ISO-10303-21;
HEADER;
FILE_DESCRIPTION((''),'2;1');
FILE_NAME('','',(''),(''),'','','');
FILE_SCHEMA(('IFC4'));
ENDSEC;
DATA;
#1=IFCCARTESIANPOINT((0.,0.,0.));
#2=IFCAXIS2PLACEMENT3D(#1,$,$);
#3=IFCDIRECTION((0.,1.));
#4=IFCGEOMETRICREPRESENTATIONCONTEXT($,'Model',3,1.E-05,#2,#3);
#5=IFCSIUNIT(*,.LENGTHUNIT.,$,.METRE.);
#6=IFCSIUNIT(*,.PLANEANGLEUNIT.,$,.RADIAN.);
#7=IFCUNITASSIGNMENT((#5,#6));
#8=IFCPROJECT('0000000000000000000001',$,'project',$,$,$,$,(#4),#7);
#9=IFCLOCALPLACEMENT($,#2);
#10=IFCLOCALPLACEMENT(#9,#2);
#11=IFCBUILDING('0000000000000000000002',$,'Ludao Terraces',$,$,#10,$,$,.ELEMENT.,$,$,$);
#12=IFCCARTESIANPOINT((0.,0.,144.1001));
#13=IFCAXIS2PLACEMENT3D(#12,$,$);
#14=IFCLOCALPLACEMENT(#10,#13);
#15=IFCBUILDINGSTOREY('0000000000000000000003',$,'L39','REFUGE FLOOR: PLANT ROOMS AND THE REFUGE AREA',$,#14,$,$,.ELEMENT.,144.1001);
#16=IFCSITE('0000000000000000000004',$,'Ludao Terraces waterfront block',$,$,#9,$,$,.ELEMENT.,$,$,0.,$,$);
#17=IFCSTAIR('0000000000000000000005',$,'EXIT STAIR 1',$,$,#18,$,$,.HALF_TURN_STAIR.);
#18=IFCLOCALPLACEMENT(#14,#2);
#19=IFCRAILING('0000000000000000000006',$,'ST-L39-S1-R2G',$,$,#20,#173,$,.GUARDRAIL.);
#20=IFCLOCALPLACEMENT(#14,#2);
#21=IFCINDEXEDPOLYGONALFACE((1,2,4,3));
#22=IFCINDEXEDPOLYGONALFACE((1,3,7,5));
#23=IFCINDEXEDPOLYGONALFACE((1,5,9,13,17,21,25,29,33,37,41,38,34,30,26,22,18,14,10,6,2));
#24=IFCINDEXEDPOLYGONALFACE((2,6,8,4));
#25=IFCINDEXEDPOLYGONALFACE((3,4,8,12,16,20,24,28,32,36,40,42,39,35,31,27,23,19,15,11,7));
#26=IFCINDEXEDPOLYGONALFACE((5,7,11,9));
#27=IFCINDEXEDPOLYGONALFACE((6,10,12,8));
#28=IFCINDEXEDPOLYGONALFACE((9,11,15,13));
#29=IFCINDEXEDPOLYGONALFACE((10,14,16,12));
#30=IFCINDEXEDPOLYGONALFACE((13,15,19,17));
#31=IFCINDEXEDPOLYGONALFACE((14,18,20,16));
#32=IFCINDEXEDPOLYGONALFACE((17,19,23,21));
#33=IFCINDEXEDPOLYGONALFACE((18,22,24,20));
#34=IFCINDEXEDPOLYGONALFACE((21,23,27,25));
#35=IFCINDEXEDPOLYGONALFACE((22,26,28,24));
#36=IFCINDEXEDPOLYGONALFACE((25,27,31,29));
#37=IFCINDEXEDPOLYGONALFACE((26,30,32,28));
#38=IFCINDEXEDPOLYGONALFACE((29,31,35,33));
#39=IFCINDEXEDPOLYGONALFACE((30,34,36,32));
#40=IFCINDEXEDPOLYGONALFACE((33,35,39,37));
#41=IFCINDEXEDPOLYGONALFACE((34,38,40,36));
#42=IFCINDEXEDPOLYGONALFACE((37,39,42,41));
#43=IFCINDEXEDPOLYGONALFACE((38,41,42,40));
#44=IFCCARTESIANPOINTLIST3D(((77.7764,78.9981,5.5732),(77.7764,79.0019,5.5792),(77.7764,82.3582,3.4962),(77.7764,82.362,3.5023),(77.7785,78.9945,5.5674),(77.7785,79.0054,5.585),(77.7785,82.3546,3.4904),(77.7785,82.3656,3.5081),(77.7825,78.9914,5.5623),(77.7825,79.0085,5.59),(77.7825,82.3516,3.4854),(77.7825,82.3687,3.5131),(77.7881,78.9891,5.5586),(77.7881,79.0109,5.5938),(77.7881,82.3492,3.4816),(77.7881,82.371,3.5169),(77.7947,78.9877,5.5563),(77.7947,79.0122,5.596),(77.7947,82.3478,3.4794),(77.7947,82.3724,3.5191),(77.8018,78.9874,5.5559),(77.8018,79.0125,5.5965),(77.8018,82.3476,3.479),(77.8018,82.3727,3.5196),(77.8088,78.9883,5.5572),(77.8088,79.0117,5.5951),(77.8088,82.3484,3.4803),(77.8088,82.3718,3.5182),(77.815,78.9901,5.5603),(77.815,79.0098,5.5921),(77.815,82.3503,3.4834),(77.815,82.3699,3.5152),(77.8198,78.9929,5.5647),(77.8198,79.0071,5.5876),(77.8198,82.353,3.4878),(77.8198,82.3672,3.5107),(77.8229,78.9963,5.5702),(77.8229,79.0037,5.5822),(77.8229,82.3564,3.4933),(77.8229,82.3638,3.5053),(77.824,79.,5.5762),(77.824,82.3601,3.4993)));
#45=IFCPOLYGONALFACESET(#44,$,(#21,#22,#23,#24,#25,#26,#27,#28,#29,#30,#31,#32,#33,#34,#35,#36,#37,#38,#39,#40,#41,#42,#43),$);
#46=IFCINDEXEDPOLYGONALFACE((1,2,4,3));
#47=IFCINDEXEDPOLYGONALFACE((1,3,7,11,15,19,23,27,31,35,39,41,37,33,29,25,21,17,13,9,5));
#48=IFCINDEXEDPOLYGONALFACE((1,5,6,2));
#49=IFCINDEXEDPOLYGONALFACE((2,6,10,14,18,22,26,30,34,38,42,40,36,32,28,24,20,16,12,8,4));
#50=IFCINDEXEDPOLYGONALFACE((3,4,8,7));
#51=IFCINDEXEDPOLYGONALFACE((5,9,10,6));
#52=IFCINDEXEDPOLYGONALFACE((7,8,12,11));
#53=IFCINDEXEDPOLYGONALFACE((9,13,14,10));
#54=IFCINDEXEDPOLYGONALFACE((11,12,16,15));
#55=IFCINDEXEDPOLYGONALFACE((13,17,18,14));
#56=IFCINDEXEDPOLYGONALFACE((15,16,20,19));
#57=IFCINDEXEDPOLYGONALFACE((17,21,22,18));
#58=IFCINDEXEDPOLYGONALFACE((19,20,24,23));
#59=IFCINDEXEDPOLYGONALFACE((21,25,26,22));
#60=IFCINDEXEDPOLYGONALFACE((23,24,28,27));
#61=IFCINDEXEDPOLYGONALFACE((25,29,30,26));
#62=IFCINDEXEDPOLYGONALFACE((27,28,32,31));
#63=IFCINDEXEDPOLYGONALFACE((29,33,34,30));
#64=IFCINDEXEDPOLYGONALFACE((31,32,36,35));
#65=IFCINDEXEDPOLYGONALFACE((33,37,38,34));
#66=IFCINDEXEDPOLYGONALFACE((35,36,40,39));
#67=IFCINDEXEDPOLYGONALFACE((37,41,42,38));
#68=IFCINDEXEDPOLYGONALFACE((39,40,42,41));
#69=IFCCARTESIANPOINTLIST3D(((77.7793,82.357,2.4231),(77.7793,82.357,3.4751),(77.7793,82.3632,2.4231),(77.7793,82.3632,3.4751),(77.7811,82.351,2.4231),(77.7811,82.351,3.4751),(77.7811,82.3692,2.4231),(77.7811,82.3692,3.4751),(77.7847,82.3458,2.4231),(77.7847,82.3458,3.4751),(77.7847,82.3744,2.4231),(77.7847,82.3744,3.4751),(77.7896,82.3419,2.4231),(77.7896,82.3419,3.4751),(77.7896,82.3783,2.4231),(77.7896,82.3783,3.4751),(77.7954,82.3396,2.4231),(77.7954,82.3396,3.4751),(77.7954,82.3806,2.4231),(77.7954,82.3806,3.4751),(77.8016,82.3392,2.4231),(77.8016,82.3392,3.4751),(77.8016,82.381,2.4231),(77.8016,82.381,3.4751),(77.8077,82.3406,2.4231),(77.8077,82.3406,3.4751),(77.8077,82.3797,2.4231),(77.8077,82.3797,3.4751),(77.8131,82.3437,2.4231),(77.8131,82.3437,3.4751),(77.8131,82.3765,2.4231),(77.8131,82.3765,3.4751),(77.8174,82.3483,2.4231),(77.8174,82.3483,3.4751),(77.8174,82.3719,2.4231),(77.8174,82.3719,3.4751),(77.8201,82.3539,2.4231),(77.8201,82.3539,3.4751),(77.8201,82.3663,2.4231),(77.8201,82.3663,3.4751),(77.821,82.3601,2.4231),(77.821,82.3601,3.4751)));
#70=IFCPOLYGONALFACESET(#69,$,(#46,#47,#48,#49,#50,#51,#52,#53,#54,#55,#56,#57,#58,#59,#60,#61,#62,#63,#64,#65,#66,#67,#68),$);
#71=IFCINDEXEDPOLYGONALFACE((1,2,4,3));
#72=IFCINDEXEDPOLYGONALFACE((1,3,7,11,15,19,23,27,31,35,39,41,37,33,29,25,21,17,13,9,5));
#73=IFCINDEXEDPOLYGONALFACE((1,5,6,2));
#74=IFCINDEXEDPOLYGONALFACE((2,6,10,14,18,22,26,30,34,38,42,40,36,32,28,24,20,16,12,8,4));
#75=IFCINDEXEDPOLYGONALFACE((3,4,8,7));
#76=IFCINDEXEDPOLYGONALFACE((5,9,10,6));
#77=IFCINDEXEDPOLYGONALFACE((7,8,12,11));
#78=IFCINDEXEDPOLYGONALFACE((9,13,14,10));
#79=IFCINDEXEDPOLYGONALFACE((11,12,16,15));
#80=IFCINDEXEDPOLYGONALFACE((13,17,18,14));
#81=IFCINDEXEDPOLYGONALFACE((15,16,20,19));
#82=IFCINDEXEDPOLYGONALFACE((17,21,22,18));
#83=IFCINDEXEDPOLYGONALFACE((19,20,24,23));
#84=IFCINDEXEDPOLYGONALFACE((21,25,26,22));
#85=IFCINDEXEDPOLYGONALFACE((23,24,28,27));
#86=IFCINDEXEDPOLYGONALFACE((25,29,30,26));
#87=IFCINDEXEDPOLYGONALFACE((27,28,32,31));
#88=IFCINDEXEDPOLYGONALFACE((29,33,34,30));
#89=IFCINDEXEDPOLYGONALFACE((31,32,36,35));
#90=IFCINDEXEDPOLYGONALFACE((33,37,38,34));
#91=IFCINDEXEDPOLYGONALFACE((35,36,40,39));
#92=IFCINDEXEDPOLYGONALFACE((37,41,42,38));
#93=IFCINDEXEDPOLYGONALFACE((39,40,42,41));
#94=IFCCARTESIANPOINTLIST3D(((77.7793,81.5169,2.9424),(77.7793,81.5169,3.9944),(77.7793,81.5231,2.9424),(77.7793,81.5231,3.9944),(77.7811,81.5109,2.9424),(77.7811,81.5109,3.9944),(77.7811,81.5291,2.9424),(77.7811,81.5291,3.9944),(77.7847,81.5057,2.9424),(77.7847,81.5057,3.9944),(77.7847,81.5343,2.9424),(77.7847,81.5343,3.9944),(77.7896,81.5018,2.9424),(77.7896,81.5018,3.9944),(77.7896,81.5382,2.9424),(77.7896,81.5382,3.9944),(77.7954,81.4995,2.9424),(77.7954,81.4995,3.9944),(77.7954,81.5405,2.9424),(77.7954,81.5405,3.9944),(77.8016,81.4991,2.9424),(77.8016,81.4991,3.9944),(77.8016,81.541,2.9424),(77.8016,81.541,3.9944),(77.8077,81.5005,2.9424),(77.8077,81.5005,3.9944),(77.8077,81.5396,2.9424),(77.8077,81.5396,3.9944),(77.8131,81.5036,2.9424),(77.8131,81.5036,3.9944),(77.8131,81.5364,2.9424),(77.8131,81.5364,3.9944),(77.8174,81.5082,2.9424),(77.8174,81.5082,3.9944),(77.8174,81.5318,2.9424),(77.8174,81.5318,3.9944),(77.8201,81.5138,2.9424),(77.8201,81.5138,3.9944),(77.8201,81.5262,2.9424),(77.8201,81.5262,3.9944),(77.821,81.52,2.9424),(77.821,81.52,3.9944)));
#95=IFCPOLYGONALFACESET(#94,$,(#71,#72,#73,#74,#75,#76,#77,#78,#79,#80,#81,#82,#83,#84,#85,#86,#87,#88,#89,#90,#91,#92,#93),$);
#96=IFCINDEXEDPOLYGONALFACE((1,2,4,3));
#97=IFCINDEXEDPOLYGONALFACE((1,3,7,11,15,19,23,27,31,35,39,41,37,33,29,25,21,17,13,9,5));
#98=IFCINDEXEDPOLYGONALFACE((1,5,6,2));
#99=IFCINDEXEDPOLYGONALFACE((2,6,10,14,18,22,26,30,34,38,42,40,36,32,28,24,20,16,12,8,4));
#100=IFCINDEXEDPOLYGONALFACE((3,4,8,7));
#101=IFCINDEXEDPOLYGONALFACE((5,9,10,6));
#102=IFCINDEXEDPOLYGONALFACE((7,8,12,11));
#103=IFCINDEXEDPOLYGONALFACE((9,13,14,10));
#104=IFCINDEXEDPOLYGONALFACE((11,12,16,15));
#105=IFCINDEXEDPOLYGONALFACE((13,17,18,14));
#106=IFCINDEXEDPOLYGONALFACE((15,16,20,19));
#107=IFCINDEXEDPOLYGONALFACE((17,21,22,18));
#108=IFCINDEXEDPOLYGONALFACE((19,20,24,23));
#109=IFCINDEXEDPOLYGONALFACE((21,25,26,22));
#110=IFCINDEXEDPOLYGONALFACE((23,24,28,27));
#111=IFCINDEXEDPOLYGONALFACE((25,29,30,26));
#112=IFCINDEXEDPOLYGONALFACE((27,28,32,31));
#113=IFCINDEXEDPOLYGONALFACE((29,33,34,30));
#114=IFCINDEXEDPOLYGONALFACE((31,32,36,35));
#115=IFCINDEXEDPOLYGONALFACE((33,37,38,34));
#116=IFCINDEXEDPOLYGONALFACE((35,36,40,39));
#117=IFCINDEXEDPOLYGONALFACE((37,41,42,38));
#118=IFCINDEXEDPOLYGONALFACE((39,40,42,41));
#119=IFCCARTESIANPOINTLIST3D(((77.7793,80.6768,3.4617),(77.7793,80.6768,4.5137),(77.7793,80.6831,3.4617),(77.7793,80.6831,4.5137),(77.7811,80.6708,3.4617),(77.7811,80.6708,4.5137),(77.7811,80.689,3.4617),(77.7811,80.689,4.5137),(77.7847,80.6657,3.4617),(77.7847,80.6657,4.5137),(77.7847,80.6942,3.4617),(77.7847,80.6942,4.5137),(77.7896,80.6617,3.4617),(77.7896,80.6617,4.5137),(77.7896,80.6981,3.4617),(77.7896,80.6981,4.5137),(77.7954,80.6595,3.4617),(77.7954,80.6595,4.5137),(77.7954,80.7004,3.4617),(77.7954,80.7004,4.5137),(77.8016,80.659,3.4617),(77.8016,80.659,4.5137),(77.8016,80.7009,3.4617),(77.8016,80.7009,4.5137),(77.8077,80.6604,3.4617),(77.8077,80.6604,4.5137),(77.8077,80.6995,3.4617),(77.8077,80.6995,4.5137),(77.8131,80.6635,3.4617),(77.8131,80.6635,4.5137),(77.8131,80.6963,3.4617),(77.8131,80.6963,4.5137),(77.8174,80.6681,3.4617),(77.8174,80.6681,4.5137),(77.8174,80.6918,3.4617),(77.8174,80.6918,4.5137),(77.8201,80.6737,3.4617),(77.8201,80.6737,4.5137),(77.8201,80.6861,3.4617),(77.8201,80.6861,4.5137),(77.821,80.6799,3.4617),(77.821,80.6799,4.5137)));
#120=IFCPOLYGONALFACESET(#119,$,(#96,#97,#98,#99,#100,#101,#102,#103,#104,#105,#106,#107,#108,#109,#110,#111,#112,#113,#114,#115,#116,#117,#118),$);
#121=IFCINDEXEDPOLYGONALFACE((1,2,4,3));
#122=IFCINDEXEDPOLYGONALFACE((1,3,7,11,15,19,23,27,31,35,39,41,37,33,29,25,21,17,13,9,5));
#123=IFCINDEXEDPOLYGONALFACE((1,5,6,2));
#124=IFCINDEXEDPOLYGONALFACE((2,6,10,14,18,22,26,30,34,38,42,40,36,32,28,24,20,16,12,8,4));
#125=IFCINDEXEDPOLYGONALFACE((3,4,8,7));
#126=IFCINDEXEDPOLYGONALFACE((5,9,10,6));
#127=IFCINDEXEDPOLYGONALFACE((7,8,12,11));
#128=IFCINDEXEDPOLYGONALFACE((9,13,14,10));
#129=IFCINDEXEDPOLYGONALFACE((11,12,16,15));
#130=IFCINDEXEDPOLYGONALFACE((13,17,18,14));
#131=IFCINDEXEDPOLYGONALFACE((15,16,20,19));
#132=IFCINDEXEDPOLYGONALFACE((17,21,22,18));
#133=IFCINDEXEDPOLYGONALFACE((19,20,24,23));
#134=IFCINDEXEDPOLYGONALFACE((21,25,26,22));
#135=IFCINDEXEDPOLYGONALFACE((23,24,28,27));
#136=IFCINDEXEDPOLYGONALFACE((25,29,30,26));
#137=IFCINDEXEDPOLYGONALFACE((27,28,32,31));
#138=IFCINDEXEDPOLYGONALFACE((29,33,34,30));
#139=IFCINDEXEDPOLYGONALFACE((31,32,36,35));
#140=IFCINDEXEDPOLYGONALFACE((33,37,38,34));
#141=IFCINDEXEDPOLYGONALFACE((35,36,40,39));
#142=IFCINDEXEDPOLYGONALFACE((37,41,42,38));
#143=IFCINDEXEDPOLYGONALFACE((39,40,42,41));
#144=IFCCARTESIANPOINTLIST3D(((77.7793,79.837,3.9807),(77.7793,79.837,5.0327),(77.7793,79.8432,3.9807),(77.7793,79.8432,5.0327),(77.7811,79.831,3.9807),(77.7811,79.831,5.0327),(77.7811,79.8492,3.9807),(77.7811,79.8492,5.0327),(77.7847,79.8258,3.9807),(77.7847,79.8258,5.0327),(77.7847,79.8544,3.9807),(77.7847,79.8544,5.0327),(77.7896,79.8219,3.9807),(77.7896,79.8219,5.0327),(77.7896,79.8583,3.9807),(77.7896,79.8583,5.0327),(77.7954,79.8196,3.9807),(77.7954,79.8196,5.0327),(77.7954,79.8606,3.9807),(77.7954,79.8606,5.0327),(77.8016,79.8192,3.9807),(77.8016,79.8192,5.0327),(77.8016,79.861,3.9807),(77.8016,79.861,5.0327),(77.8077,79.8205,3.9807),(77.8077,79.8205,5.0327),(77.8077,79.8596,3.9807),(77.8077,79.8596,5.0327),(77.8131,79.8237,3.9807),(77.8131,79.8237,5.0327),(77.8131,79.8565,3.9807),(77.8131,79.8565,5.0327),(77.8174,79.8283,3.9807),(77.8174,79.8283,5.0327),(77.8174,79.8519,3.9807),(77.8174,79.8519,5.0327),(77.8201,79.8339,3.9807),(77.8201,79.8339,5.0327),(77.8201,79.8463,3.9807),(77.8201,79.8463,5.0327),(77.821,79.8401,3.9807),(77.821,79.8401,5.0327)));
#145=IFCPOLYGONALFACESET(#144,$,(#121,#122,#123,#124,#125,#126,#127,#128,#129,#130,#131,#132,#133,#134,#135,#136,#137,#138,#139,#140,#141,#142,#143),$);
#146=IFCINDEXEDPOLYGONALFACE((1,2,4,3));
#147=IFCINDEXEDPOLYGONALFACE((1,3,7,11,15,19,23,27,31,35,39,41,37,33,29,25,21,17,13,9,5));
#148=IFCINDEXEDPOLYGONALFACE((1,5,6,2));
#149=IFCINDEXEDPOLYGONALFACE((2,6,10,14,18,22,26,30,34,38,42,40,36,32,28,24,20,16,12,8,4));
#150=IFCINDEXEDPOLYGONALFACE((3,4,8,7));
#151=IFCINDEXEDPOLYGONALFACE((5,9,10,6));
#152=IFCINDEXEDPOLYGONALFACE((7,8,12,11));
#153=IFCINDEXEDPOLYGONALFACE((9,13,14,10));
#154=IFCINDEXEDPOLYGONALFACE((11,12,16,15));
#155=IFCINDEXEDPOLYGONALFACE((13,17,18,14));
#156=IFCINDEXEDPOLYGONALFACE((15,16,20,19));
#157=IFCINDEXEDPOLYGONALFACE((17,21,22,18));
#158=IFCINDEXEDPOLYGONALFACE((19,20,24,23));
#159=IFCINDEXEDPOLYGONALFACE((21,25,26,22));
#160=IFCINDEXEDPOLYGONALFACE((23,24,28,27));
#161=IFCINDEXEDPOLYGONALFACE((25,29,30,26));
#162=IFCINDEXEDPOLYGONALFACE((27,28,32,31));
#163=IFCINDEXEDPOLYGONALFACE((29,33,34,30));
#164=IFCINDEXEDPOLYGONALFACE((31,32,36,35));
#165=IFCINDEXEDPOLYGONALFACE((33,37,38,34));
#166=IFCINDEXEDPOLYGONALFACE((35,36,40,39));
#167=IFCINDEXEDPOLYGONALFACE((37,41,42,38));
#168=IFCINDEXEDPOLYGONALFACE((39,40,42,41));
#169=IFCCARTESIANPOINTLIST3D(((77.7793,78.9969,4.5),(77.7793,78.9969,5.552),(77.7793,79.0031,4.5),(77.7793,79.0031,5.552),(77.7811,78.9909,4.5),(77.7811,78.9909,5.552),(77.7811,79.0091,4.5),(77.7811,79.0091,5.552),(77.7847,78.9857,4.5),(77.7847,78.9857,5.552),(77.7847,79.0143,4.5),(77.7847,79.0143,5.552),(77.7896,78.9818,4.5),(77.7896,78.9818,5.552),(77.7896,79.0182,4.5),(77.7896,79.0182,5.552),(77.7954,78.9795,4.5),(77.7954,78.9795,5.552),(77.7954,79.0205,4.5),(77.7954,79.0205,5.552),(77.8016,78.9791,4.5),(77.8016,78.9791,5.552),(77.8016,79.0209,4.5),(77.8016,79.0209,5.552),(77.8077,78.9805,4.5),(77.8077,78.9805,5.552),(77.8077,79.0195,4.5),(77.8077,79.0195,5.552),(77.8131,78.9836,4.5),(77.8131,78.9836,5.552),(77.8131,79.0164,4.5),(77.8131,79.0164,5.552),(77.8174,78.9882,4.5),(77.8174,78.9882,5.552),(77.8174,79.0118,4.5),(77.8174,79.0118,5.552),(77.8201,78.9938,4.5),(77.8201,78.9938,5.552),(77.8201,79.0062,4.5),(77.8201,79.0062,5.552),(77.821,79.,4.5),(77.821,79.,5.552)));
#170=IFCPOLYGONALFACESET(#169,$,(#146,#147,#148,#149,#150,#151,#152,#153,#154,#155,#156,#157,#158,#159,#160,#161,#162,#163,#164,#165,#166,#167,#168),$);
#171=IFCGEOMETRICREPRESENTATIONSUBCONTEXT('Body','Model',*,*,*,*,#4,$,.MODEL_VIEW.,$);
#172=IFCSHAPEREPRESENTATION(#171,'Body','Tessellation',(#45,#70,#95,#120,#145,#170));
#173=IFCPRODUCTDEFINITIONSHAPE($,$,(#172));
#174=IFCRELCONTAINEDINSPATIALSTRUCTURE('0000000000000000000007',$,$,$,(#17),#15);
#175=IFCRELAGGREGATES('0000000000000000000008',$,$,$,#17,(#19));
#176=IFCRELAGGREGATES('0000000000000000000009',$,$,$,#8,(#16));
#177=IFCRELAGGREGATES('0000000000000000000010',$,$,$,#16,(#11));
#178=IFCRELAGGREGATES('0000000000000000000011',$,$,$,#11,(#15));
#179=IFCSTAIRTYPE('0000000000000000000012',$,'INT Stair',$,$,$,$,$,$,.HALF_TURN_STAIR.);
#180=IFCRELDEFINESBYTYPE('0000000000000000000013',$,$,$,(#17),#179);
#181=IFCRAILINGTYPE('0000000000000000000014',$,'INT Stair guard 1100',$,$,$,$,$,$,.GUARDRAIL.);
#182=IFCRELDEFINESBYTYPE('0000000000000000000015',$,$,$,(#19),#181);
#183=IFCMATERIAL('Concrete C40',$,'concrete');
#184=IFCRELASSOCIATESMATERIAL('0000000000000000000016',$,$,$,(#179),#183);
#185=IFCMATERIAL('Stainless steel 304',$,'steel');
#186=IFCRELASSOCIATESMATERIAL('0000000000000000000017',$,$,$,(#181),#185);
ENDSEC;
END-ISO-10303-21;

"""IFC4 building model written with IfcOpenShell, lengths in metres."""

from ifc_helpers import new_model, si_unit, direction, frame, origin, origin_2d, place, context, subcontext, project, spatial, circle, extrude, material, type_object, element, aggregate, save


model = new_model("IFC4")

# Units and contexts
model_context = context("Model", 3, precision=1e-05, world=origin(), true_north=direction((0.0, 1.0)))
body_context = subcontext(model_context, "Body", "Model", "MODEL_VIEW")
ifc_project = project(units=[si_unit("LENGTHUNIT", "METRE"), si_unit("PLANEANGLEUNIT", "RADIAN")], contexts=[model_context])

# Site, building, storey
site_placement = place(None, origin())
site = spatial("IfcSite", under=ifc_project, at=site_placement, Name="Ludao Terraces waterfront block", CompositionType="ELEMENT", RefElevation=0.0)
building_placement = place(site_placement, origin())
building = spatial("IfcBuilding", under=site, at=building_placement, Name="Ludao Terraces", CompositionType="ELEMENT")
storey_placement = place(building_placement, frame((0.0, 0.0, 144.1001)))
storey = spatial("IfcBuildingStorey", under=building, at=storey_placement, Name="L39", Description="REFUGE FLOOR: PLANT ROOMS AND THE REFUGE AREA", CompositionType="ELEMENT", Elevation=144.1001)

# Shared definitions
ifc_material_1 = material(Name="Stainless steel 304", Category="steel")

# Stair, railing
ifc_material_2 = material(Name="Concrete C40", Category="concrete")
stair_type = type_object("IfcStairType", Name="INT Stair", PredefinedType="HALF_TURN_STAIR", material=ifc_material_2)
stair_placement = place(storey_placement, origin())
stair = element("IfcStair", 1, at=stair_placement, inside=storey, type_object=stair_type, Name="EXIT STAIR 1", PredefinedType="HALF_TURN_STAIR")
railing_type_1 = type_object("IfcRailingType", Name="INT Stair guard 1100", PredefinedType="GUARDRAIL", material=ifc_material_1)
railing_1_placement = place(storey_placement, frame((77.8, 82.3601, 2.4231)))
railing_1 = element("IfcRailing", 2, at=railing_1_placement, type_object=railing_type_1, Name="ST-L39-S1-R2G", PredefinedType="GUARDRAIL", context=body_context, shape_type="SweptSolid", body=[
    extrude(circle(Radius=0.0239, at=origin_2d()), frame((0.0, 0.0, 1.0762), z_axis=(0.0, -0.850623, 0.525776), x_axis=(1.0, 0.0, 0.0)), (0.0, 0.0, 1.0), 3.9502),
    extrude(circle(Radius=0.021, at=origin_2d()), origin(), (0.0, 0.0, 1.0), 1.052),
    extrude(circle(Radius=0.021, at=origin_2d()), frame((0.0, -0.8401, 0.5193)), (0.0, 0.0, 1.0), 1.052),
    extrude(circle(Radius=0.021, at=origin_2d()), frame((0.0, -1.6802, 1.0386)), (0.0, 0.0, 1.0), 1.052),
    extrude(circle(Radius=0.021, at=origin_2d()), frame((0.0, -2.52, 1.5576)), (0.0, 0.0, 1.0), 1.052),
    extrude(circle(Radius=0.021, at=origin_2d()), frame((0.0, -3.3601, 2.0769)), (0.0, 0.0, 1.0), 1.052),
])
aggregate(stair, [railing_1])

save(model, "model.ifc")
